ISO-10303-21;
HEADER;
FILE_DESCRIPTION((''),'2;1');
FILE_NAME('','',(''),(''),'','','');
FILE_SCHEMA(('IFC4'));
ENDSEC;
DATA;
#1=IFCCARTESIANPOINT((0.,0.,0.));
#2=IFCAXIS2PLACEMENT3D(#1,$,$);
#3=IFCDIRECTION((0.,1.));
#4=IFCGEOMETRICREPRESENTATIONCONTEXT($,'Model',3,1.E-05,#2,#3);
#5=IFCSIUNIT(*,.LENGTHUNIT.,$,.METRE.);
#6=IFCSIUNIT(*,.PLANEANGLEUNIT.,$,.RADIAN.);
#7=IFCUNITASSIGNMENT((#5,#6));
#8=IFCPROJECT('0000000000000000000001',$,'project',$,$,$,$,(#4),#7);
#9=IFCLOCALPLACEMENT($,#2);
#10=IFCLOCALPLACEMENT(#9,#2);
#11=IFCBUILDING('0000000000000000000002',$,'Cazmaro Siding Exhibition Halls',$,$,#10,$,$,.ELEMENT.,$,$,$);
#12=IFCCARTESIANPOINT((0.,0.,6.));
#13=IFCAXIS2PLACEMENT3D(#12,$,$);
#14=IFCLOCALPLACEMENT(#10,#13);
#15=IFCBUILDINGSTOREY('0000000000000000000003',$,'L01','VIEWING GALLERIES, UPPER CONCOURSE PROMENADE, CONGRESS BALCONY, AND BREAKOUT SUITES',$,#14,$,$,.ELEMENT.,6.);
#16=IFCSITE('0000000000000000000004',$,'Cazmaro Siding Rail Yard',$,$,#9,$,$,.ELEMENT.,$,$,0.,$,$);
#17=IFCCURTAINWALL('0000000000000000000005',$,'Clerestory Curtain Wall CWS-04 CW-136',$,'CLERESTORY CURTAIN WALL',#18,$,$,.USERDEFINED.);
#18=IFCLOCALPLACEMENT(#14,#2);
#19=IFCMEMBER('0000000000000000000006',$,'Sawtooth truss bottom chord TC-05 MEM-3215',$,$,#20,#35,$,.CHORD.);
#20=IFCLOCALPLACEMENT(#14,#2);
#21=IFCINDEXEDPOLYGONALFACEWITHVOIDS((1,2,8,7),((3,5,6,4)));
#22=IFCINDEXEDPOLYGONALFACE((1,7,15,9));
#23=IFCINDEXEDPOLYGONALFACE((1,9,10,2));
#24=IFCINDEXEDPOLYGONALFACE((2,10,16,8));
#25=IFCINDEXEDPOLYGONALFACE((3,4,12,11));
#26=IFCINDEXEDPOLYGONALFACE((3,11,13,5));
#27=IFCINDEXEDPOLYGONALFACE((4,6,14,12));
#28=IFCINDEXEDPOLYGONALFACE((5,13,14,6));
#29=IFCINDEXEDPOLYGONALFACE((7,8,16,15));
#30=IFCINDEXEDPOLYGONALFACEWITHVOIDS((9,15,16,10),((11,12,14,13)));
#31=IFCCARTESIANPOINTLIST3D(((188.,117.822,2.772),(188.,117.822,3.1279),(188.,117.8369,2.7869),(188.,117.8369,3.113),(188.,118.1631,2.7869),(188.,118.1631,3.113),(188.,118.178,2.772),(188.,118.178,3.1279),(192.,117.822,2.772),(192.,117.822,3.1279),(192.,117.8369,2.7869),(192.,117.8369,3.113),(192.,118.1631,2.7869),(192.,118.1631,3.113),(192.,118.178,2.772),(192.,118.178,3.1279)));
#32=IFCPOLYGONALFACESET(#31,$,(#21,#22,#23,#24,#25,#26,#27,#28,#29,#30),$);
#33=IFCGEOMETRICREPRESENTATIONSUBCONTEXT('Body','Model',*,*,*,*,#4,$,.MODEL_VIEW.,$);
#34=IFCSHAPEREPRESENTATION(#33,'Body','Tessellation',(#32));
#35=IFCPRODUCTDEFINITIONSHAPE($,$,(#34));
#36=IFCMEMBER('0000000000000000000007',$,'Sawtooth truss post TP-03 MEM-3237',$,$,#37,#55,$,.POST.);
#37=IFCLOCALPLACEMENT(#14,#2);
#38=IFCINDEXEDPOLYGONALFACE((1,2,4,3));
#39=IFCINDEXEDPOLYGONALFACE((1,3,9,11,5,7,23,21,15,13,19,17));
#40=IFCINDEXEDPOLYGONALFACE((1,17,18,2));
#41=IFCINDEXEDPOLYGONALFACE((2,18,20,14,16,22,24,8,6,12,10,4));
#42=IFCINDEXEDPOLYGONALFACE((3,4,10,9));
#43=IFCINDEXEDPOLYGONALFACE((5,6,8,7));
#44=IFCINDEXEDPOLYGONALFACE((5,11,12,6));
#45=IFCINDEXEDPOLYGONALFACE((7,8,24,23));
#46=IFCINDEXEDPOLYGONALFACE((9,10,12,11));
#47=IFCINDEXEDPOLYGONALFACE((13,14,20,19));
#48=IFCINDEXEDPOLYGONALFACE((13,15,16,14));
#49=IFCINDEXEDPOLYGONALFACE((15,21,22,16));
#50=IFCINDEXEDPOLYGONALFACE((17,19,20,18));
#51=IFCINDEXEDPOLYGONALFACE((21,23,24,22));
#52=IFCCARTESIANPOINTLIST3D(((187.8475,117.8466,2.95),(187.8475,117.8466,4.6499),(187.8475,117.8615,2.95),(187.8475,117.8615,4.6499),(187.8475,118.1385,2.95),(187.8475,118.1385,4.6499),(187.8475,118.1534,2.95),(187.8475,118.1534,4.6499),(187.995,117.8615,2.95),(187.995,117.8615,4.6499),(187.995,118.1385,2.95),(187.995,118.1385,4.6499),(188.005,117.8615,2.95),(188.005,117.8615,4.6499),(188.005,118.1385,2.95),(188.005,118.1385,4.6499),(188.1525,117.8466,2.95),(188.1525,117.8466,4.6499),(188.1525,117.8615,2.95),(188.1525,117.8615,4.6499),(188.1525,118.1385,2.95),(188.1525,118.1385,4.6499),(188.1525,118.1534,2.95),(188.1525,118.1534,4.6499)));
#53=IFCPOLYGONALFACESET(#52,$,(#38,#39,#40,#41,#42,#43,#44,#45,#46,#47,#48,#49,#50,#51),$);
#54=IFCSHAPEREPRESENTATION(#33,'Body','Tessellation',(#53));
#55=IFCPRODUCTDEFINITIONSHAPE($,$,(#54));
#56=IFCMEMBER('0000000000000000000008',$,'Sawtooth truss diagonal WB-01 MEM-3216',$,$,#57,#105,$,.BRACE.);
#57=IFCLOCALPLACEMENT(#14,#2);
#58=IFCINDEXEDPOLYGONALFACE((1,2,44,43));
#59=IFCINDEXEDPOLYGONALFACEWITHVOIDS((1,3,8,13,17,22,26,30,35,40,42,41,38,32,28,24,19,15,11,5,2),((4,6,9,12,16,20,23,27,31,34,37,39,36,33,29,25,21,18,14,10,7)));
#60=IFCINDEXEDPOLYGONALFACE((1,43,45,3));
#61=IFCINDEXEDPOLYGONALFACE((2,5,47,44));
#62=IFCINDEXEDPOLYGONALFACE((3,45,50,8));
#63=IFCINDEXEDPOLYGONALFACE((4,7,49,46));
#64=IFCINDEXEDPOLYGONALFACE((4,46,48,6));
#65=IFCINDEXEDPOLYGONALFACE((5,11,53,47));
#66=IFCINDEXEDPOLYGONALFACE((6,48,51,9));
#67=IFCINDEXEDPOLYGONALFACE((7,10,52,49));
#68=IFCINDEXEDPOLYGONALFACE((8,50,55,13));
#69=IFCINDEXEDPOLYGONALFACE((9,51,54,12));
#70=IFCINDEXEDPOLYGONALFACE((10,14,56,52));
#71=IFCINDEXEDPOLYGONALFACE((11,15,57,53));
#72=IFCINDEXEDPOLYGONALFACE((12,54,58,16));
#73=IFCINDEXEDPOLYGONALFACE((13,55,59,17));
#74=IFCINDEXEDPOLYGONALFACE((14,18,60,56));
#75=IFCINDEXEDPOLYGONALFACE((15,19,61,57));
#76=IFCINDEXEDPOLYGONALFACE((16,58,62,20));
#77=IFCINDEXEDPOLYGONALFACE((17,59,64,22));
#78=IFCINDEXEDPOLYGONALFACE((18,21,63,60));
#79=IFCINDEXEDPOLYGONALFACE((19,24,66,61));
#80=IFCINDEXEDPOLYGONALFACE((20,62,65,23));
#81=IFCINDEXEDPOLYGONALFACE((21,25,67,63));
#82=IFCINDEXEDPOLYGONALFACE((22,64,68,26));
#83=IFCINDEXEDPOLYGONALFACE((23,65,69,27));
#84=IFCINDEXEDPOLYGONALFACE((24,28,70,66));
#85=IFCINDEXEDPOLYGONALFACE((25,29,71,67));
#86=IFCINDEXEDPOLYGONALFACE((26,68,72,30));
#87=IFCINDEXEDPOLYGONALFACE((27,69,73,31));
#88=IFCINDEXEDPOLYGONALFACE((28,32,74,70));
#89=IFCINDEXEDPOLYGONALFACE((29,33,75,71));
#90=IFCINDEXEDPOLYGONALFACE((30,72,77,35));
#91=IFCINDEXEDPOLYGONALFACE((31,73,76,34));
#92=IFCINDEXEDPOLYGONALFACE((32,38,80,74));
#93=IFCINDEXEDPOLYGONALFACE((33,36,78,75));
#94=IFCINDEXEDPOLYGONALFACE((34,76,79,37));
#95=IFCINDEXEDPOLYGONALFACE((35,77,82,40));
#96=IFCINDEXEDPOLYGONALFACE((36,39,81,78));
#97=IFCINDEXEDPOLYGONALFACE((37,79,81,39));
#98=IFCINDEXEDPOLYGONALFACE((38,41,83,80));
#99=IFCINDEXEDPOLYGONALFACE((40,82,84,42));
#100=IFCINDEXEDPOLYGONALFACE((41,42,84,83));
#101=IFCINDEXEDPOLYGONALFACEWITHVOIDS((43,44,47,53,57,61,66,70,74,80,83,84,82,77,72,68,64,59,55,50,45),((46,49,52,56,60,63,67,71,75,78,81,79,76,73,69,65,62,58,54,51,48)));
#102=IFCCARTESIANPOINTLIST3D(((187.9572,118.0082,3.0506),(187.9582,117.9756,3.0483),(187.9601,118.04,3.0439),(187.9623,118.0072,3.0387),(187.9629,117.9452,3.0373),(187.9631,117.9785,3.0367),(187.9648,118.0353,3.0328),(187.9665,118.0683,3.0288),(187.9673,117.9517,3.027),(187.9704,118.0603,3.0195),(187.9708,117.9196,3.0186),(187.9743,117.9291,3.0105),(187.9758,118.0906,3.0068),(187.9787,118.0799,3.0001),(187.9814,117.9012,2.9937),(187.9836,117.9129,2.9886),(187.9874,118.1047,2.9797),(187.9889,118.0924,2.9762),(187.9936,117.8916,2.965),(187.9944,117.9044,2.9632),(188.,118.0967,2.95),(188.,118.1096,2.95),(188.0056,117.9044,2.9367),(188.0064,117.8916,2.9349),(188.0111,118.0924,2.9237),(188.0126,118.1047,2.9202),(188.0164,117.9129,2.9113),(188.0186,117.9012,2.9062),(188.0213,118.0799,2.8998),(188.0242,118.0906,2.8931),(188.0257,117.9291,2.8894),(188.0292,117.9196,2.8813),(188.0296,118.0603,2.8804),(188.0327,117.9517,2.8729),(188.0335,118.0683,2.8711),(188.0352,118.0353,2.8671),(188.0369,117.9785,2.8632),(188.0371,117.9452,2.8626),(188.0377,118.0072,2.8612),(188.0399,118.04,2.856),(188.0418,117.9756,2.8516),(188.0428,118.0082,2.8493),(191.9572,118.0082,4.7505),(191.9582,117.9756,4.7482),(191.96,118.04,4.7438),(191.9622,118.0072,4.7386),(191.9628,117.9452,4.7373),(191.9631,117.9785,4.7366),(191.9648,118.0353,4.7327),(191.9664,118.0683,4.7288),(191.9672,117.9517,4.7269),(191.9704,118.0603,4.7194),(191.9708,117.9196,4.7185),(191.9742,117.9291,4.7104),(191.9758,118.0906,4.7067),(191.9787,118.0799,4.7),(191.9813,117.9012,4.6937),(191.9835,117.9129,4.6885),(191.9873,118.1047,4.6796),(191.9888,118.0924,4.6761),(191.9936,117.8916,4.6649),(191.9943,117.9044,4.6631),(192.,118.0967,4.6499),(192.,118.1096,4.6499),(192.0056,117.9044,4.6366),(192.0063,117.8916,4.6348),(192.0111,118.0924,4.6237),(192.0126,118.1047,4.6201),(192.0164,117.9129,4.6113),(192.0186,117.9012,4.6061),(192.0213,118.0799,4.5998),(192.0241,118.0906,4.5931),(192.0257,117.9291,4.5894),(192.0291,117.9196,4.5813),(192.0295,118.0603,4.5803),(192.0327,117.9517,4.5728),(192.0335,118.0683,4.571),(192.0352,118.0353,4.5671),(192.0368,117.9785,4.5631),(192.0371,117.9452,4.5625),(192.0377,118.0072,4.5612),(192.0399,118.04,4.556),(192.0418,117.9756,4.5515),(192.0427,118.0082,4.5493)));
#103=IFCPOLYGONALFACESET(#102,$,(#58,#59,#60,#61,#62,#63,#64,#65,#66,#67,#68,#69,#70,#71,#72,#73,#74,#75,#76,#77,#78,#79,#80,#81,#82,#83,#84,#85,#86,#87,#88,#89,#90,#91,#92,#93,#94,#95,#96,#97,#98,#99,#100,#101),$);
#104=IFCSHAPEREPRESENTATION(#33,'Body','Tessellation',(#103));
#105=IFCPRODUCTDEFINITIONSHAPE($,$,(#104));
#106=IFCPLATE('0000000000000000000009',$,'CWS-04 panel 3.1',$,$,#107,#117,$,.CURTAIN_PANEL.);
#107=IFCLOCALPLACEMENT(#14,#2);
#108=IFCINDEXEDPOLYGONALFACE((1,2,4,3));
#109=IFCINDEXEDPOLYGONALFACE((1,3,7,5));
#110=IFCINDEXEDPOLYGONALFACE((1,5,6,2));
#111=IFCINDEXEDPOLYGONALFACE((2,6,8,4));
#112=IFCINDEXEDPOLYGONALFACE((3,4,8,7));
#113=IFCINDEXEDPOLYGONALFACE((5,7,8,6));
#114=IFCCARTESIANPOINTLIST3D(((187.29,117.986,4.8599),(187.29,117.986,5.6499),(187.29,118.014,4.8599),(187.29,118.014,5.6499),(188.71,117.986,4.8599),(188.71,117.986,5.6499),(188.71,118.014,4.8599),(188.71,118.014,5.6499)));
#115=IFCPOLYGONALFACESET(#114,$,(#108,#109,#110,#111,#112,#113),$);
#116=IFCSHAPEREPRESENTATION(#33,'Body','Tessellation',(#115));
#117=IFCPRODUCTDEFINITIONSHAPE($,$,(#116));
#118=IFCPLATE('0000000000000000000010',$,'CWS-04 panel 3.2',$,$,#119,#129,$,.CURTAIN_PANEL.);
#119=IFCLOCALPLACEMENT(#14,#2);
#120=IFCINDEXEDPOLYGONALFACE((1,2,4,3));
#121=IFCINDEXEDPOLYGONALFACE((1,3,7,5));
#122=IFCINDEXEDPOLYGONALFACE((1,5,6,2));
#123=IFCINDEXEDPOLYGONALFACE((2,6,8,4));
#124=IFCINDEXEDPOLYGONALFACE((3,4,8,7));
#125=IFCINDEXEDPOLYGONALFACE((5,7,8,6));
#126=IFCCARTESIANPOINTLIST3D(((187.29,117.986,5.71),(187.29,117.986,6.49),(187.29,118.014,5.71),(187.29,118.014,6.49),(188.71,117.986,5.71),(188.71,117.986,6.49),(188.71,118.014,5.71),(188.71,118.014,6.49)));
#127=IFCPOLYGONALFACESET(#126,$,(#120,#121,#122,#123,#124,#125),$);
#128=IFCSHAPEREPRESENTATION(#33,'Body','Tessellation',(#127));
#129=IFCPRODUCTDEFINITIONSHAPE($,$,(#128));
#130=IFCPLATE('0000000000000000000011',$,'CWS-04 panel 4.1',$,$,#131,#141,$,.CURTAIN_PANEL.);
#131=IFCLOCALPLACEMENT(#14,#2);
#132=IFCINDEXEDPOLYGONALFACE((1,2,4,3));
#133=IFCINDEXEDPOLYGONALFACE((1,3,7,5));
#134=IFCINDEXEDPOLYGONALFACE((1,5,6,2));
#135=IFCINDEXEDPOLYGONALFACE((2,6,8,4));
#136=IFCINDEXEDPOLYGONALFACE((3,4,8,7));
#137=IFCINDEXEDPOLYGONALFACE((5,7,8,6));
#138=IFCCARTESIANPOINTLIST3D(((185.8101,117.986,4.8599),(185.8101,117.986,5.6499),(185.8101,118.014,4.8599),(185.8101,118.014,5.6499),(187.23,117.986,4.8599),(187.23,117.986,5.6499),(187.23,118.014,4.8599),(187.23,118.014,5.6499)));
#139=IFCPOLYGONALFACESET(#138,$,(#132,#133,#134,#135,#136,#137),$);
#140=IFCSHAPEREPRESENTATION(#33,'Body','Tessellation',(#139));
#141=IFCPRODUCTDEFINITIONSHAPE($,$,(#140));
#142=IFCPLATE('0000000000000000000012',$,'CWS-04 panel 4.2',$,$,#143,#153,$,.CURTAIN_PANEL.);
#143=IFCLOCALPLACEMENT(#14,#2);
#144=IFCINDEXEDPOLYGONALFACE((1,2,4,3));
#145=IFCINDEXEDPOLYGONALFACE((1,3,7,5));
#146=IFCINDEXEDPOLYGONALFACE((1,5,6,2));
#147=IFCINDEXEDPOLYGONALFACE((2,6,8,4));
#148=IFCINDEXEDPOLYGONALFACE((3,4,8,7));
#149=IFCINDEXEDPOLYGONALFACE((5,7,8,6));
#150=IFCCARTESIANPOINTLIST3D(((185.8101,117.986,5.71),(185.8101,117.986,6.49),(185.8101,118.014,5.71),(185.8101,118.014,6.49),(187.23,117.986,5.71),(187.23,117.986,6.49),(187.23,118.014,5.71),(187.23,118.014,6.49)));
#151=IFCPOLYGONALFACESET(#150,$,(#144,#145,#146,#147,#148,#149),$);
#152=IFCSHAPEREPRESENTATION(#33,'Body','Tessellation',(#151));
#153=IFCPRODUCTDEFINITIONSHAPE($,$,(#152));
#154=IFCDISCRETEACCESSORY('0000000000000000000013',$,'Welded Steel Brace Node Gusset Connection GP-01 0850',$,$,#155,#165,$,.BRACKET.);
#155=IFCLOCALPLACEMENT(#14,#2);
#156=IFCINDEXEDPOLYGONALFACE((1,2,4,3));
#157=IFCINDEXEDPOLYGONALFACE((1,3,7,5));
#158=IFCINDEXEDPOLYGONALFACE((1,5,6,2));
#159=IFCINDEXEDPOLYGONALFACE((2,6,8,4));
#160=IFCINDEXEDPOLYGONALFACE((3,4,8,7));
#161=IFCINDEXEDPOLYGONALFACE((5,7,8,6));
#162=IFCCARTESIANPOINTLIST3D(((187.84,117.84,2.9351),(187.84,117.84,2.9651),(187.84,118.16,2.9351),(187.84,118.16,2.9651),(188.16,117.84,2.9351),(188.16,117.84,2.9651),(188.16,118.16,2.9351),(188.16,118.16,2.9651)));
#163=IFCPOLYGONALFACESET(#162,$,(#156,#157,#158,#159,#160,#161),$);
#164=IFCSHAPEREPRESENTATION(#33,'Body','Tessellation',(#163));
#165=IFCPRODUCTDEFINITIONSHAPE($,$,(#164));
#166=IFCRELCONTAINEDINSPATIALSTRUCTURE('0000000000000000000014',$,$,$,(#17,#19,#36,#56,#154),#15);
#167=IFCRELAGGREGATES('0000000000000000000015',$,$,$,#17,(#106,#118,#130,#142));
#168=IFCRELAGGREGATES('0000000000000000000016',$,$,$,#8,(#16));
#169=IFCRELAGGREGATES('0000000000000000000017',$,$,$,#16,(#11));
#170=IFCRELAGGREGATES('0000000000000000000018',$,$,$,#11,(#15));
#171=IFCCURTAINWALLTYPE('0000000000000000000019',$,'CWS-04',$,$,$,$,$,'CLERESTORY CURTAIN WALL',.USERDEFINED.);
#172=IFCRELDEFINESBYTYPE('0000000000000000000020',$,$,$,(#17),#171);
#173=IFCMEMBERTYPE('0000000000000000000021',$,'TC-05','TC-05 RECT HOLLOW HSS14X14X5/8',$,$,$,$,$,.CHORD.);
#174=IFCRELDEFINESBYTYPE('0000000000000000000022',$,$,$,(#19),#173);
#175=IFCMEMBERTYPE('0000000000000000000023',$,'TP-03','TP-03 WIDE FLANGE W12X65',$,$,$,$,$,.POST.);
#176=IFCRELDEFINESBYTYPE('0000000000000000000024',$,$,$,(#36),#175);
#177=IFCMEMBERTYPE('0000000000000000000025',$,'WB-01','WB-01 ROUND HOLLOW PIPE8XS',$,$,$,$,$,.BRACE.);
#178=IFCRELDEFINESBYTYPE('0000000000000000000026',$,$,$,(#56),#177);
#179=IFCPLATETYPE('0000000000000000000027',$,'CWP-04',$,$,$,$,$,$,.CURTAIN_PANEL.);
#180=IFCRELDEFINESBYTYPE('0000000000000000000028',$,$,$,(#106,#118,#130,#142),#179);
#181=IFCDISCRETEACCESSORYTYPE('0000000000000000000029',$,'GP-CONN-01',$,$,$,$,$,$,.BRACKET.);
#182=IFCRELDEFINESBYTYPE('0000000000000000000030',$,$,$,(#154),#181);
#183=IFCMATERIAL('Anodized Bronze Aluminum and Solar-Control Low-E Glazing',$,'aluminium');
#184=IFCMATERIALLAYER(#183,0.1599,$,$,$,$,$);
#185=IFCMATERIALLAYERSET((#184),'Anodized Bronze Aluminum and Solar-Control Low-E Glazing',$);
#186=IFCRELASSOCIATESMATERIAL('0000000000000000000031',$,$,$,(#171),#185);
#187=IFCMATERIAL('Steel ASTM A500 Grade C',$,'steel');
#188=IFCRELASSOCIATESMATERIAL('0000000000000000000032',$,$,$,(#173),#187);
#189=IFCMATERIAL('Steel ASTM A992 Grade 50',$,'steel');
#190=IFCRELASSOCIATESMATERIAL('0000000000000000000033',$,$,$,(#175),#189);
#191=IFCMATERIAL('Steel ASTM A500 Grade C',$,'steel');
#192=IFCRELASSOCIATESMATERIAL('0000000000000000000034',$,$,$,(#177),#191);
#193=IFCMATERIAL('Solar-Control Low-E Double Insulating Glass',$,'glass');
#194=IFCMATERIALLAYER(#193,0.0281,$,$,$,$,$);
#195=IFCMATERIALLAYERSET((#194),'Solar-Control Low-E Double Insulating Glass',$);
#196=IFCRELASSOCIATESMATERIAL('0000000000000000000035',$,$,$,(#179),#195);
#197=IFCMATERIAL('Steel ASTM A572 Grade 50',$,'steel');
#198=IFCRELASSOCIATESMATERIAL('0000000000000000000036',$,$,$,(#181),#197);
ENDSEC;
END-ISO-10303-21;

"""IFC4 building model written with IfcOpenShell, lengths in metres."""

from ifc_helpers import new_model, si_unit, direction, frame, origin, origin_2d, place, context, subcontext, project, spatial, rectangle, hollow_rectangle, hollow_circle, i_section, extrude, material, layer, layer_set, material_profile, profile_set, type_object, element, aggregate, save


model = new_model("IFC4")

# Units and contexts
model_context = context("Model", 3, precision=1e-05, world=origin(), true_north=direction((0.0, 1.0)))
body_context = subcontext(model_context, "Body", "Model", "MODEL_VIEW")
ifc_project = project(units=[si_unit("LENGTHUNIT", "METRE"), si_unit("PLANEANGLEUNIT", "RADIAN")], contexts=[model_context])

# Site, building, storey
site_placement = place(None, origin())
site = spatial("IfcSite", under=ifc_project, at=site_placement, Name="Cazmaro Siding Rail Yard", CompositionType="ELEMENT", RefElevation=0.0)
building_placement = place(site_placement, origin())
building = spatial("IfcBuilding", under=site, at=building_placement, Name="Cazmaro Siding Exhibition Halls", CompositionType="ELEMENT")
storey_placement = place(building_placement, frame((0.0, 0.0, 6.0)))
storey = spatial("IfcBuildingStorey", under=building, at=storey_placement, Name="L01", Description="VIEWING GALLERIES, UPPER CONCOURSE PROMENADE, CONGRESS BALCONY, AND BREAKOUT SUITES", CompositionType="ELEMENT", Elevation=6.0)

# Curtain wall
ifc_material_1 = material(Name="Anodized Bronze Aluminum and Solar-Control Low-E Glazing", Category="aluminium")
ifc_layer_1 = layer(ifc_material_1, 0.1599)
ifc_layer_set_1 = layer_set([ifc_layer_1], Name="Anodized Bronze Aluminum and Solar-Control Low-E Glazing")
curtain_wall_type = type_object("IfcCurtainWallType", Name="CWS-04", ElementType="CLERESTORY CURTAIN WALL", PredefinedType="USERDEFINED", material=ifc_layer_set_1)
curtain_wall_1_placement = place(storey_placement, origin())
curtain_wall_1 = element("IfcCurtainWall", 1, at=curtain_wall_1_placement, inside=storey, type_object=curtain_wall_type, Name="Clerestory Curtain Wall CWS-04 CW-136", ObjectType="CLERESTORY CURTAIN WALL", PredefinedType="USERDEFINED")

# Members
ifc_material_2 = material(Name="Steel ASTM A500 Grade C", Category="steel")
ifc_material_profile_1 = material_profile(ifc_material_2, hollow_rectangle(XDim=0.356, YDim=0.356, WallThickness=0.0149, at=origin_2d()), Name="HSS14X14X5/8")
ifc_profile_set_1 = profile_set([ifc_material_profile_1], Name="Steel ASTM A500 Grade C")
member_type_1 = type_object("IfcMemberType", Name="TC-05", Description="TC-05 RECT HOLLOW HSS14X14X5/8", PredefinedType="CHORD", material=ifc_profile_set_1)
member_1_placement = place(storey_placement, frame((188.0, 118.0, 2.95), z_axis=(1.0, 0.0, 0.0), x_axis=(0.0, 1.0, 0.0)))
element("IfcMember", 2, at=member_1_placement, inside=storey, type_object=member_type_1, Name="Sawtooth truss bottom chord TC-05 MEM-3215", PredefinedType="CHORD", context=body_context, shape_type="SweptSolid", body=[
    extrude(hollow_rectangle(XDim=0.356, YDim=0.356, WallThickness=0.0149, at=origin_2d()), origin(), (0.0, 0.0, 1.0), 4.0),
])
ifc_material_3 = material(Name="Steel ASTM A992 Grade 50", Category="steel")
ifc_material_profile_2 = material_profile(ifc_material_3, i_section(OverallWidth=0.3049, OverallDepth=0.3069, WebThickness=0.01, FlangeThickness=0.0149, at=origin_2d()), Name="W12X65")
ifc_profile_set_2 = profile_set([ifc_material_profile_2], Name="Steel ASTM A992 Grade 50")
member_type_2 = type_object("IfcMemberType", Name="TP-03", Description="TP-03 WIDE FLANGE W12X65", PredefinedType="POST", material=ifc_profile_set_2)
member_2_placement = place(storey_placement, frame((188.0, 118.0, 2.95), z_axis=(0.0, 0.0, 1.0), x_axis=(1.0, 0.0, 0.0)))
element("IfcMember", 3, at=member_2_placement, inside=storey, type_object=member_type_2, Name="Sawtooth truss post TP-03 MEM-3237", PredefinedType="POST", context=body_context, shape_type="SweptSolid", body=[
    extrude(i_section(OverallWidth=0.3049, OverallDepth=0.3069, WebThickness=0.01, FlangeThickness=0.0149, at=origin_2d()), origin(), (0.0, 0.0, 1.0), 1.7),
])
ifc_material_4 = material(Name="Steel ASTM A500 Grade C", Category="steel")
ifc_material_profile_3 = material_profile(ifc_material_4, hollow_circle(Radius=0.1096, WallThickness=0.0129, at=origin_2d()), Name="PIPE8XS")
ifc_profile_set_3 = profile_set([ifc_material_profile_3], Name="Steel ASTM A500 Grade C")
member_type_3 = type_object("IfcMemberType", Name="WB-01", Description="WB-01 ROUND HOLLOW PIPE8XS", PredefinedType="BRACE", material=ifc_profile_set_3)
member_3_placement = place(storey_placement, frame((188.0, 118.0, 2.95), z_axis=(0.920335, 0.0, 0.391131), x_axis=(0.0, 1.0, 0.0)))
element("IfcMember", 4, at=member_3_placement, inside=storey, type_object=member_type_3, Name="Sawtooth truss diagonal WB-01 MEM-3216", PredefinedType="BRACE", context=body_context, shape_type="SweptSolid", body=[
    extrude(hollow_circle(Radius=0.1096, WallThickness=0.0129, at=origin_2d()), origin(), (0.0, 0.0, 1.0), 4.3462),
])

# Plates
ifc_material_5 = material(Name="Solar-Control Low-E Double Insulating Glass", Category="glass")
ifc_layer_2 = layer(ifc_material_5, 0.0281)
ifc_layer_set_2 = layer_set([ifc_layer_2], Name="Solar-Control Low-E Double Insulating Glass")
plate_type = type_object("IfcPlateType", Name="CWP-04", PredefinedType="CURTAIN_PANEL", material=ifc_layer_set_2)
plate_1_placement = place(storey_placement, frame((188.0, 118.0, 4.8599), z_axis=(0.0, 0.0, 1.0), x_axis=(-1.0, 0.0, 0.0)))
plate_1 = element("IfcPlate", 5, at=plate_1_placement, type_object=plate_type, Name="CWS-04 panel 3.1", PredefinedType="CURTAIN_PANEL", context=body_context, shape_type="SweptSolid", body=[
    extrude(rectangle(XDim=1.4199, YDim=0.0281, at=origin_2d()), origin(), (0.0, 0.0, 1.0), 0.79),
])
plate_2_placement = place(storey_placement, frame((188.0, 118.0, 5.71), z_axis=(0.0, 0.0, 1.0), x_axis=(-1.0, 0.0, 0.0)))
plate_2 = element("IfcPlate", 6, at=plate_2_placement, type_object=plate_type, Name="CWS-04 panel 3.2", PredefinedType="CURTAIN_PANEL", context=body_context, shape_type="SweptSolid", body=[
    extrude(rectangle(XDim=1.4199, YDim=0.0281, at=origin_2d()), origin(), (0.0, 0.0, 1.0), 0.78),
])
plate_3_placement = place(storey_placement, frame((186.52, 118.0, 4.8599), z_axis=(0.0, 0.0, 1.0), x_axis=(-1.0, 0.0, 0.0)))
plate_3 = element("IfcPlate", 7, at=plate_3_placement, type_object=plate_type, Name="CWS-04 panel 4.1", PredefinedType="CURTAIN_PANEL", context=body_context, shape_type="SweptSolid", body=[
    extrude(rectangle(XDim=1.4199, YDim=0.0281, at=origin_2d()), origin(), (0.0, 0.0, 1.0), 0.79),
])
plate_4_placement = place(storey_placement, frame((186.52, 118.0, 5.71), z_axis=(0.0, 0.0, 1.0), x_axis=(-1.0, 0.0, 0.0)))
plate_4 = element("IfcPlate", 8, at=plate_4_placement, type_object=plate_type, Name="CWS-04 panel 4.2", PredefinedType="CURTAIN_PANEL", context=body_context, shape_type="SweptSolid", body=[
    extrude(rectangle(XDim=1.4199, YDim=0.0281, at=origin_2d()), origin(), (0.0, 0.0, 1.0), 0.78),
])
aggregate(curtain_wall_1, [plate_1, plate_2, plate_3, plate_4])

# Discrete accessory
ifc_material_6 = material(Name="Steel ASTM A572 Grade 50", Category="steel")
discrete_accessory_type = type_object("IfcDiscreteAccessoryType", Name="GP-CONN-01", PredefinedType="BRACKET", material=ifc_material_6)
discrete_accessory_placement = place(storey_placement, frame((188.0, 118.0, 2.9351), z_axis=(0.0, 0.0, 1.0), x_axis=(1.0, 0.0, 0.0)))
element("IfcDiscreteAccessory", 9, at=discrete_accessory_placement, inside=storey, type_object=discrete_accessory_type, Name="Welded Steel Brace Node Gusset Connection GP-01 0850", PredefinedType="BRACKET", context=body_context, shape_type="SweptSolid", body=[
    extrude(rectangle(XDim=0.3201, YDim=0.3201, at=origin_2d()), origin(), (0.0, 0.0, 1.0), 0.03),
])

save(model, "model.ifc")
